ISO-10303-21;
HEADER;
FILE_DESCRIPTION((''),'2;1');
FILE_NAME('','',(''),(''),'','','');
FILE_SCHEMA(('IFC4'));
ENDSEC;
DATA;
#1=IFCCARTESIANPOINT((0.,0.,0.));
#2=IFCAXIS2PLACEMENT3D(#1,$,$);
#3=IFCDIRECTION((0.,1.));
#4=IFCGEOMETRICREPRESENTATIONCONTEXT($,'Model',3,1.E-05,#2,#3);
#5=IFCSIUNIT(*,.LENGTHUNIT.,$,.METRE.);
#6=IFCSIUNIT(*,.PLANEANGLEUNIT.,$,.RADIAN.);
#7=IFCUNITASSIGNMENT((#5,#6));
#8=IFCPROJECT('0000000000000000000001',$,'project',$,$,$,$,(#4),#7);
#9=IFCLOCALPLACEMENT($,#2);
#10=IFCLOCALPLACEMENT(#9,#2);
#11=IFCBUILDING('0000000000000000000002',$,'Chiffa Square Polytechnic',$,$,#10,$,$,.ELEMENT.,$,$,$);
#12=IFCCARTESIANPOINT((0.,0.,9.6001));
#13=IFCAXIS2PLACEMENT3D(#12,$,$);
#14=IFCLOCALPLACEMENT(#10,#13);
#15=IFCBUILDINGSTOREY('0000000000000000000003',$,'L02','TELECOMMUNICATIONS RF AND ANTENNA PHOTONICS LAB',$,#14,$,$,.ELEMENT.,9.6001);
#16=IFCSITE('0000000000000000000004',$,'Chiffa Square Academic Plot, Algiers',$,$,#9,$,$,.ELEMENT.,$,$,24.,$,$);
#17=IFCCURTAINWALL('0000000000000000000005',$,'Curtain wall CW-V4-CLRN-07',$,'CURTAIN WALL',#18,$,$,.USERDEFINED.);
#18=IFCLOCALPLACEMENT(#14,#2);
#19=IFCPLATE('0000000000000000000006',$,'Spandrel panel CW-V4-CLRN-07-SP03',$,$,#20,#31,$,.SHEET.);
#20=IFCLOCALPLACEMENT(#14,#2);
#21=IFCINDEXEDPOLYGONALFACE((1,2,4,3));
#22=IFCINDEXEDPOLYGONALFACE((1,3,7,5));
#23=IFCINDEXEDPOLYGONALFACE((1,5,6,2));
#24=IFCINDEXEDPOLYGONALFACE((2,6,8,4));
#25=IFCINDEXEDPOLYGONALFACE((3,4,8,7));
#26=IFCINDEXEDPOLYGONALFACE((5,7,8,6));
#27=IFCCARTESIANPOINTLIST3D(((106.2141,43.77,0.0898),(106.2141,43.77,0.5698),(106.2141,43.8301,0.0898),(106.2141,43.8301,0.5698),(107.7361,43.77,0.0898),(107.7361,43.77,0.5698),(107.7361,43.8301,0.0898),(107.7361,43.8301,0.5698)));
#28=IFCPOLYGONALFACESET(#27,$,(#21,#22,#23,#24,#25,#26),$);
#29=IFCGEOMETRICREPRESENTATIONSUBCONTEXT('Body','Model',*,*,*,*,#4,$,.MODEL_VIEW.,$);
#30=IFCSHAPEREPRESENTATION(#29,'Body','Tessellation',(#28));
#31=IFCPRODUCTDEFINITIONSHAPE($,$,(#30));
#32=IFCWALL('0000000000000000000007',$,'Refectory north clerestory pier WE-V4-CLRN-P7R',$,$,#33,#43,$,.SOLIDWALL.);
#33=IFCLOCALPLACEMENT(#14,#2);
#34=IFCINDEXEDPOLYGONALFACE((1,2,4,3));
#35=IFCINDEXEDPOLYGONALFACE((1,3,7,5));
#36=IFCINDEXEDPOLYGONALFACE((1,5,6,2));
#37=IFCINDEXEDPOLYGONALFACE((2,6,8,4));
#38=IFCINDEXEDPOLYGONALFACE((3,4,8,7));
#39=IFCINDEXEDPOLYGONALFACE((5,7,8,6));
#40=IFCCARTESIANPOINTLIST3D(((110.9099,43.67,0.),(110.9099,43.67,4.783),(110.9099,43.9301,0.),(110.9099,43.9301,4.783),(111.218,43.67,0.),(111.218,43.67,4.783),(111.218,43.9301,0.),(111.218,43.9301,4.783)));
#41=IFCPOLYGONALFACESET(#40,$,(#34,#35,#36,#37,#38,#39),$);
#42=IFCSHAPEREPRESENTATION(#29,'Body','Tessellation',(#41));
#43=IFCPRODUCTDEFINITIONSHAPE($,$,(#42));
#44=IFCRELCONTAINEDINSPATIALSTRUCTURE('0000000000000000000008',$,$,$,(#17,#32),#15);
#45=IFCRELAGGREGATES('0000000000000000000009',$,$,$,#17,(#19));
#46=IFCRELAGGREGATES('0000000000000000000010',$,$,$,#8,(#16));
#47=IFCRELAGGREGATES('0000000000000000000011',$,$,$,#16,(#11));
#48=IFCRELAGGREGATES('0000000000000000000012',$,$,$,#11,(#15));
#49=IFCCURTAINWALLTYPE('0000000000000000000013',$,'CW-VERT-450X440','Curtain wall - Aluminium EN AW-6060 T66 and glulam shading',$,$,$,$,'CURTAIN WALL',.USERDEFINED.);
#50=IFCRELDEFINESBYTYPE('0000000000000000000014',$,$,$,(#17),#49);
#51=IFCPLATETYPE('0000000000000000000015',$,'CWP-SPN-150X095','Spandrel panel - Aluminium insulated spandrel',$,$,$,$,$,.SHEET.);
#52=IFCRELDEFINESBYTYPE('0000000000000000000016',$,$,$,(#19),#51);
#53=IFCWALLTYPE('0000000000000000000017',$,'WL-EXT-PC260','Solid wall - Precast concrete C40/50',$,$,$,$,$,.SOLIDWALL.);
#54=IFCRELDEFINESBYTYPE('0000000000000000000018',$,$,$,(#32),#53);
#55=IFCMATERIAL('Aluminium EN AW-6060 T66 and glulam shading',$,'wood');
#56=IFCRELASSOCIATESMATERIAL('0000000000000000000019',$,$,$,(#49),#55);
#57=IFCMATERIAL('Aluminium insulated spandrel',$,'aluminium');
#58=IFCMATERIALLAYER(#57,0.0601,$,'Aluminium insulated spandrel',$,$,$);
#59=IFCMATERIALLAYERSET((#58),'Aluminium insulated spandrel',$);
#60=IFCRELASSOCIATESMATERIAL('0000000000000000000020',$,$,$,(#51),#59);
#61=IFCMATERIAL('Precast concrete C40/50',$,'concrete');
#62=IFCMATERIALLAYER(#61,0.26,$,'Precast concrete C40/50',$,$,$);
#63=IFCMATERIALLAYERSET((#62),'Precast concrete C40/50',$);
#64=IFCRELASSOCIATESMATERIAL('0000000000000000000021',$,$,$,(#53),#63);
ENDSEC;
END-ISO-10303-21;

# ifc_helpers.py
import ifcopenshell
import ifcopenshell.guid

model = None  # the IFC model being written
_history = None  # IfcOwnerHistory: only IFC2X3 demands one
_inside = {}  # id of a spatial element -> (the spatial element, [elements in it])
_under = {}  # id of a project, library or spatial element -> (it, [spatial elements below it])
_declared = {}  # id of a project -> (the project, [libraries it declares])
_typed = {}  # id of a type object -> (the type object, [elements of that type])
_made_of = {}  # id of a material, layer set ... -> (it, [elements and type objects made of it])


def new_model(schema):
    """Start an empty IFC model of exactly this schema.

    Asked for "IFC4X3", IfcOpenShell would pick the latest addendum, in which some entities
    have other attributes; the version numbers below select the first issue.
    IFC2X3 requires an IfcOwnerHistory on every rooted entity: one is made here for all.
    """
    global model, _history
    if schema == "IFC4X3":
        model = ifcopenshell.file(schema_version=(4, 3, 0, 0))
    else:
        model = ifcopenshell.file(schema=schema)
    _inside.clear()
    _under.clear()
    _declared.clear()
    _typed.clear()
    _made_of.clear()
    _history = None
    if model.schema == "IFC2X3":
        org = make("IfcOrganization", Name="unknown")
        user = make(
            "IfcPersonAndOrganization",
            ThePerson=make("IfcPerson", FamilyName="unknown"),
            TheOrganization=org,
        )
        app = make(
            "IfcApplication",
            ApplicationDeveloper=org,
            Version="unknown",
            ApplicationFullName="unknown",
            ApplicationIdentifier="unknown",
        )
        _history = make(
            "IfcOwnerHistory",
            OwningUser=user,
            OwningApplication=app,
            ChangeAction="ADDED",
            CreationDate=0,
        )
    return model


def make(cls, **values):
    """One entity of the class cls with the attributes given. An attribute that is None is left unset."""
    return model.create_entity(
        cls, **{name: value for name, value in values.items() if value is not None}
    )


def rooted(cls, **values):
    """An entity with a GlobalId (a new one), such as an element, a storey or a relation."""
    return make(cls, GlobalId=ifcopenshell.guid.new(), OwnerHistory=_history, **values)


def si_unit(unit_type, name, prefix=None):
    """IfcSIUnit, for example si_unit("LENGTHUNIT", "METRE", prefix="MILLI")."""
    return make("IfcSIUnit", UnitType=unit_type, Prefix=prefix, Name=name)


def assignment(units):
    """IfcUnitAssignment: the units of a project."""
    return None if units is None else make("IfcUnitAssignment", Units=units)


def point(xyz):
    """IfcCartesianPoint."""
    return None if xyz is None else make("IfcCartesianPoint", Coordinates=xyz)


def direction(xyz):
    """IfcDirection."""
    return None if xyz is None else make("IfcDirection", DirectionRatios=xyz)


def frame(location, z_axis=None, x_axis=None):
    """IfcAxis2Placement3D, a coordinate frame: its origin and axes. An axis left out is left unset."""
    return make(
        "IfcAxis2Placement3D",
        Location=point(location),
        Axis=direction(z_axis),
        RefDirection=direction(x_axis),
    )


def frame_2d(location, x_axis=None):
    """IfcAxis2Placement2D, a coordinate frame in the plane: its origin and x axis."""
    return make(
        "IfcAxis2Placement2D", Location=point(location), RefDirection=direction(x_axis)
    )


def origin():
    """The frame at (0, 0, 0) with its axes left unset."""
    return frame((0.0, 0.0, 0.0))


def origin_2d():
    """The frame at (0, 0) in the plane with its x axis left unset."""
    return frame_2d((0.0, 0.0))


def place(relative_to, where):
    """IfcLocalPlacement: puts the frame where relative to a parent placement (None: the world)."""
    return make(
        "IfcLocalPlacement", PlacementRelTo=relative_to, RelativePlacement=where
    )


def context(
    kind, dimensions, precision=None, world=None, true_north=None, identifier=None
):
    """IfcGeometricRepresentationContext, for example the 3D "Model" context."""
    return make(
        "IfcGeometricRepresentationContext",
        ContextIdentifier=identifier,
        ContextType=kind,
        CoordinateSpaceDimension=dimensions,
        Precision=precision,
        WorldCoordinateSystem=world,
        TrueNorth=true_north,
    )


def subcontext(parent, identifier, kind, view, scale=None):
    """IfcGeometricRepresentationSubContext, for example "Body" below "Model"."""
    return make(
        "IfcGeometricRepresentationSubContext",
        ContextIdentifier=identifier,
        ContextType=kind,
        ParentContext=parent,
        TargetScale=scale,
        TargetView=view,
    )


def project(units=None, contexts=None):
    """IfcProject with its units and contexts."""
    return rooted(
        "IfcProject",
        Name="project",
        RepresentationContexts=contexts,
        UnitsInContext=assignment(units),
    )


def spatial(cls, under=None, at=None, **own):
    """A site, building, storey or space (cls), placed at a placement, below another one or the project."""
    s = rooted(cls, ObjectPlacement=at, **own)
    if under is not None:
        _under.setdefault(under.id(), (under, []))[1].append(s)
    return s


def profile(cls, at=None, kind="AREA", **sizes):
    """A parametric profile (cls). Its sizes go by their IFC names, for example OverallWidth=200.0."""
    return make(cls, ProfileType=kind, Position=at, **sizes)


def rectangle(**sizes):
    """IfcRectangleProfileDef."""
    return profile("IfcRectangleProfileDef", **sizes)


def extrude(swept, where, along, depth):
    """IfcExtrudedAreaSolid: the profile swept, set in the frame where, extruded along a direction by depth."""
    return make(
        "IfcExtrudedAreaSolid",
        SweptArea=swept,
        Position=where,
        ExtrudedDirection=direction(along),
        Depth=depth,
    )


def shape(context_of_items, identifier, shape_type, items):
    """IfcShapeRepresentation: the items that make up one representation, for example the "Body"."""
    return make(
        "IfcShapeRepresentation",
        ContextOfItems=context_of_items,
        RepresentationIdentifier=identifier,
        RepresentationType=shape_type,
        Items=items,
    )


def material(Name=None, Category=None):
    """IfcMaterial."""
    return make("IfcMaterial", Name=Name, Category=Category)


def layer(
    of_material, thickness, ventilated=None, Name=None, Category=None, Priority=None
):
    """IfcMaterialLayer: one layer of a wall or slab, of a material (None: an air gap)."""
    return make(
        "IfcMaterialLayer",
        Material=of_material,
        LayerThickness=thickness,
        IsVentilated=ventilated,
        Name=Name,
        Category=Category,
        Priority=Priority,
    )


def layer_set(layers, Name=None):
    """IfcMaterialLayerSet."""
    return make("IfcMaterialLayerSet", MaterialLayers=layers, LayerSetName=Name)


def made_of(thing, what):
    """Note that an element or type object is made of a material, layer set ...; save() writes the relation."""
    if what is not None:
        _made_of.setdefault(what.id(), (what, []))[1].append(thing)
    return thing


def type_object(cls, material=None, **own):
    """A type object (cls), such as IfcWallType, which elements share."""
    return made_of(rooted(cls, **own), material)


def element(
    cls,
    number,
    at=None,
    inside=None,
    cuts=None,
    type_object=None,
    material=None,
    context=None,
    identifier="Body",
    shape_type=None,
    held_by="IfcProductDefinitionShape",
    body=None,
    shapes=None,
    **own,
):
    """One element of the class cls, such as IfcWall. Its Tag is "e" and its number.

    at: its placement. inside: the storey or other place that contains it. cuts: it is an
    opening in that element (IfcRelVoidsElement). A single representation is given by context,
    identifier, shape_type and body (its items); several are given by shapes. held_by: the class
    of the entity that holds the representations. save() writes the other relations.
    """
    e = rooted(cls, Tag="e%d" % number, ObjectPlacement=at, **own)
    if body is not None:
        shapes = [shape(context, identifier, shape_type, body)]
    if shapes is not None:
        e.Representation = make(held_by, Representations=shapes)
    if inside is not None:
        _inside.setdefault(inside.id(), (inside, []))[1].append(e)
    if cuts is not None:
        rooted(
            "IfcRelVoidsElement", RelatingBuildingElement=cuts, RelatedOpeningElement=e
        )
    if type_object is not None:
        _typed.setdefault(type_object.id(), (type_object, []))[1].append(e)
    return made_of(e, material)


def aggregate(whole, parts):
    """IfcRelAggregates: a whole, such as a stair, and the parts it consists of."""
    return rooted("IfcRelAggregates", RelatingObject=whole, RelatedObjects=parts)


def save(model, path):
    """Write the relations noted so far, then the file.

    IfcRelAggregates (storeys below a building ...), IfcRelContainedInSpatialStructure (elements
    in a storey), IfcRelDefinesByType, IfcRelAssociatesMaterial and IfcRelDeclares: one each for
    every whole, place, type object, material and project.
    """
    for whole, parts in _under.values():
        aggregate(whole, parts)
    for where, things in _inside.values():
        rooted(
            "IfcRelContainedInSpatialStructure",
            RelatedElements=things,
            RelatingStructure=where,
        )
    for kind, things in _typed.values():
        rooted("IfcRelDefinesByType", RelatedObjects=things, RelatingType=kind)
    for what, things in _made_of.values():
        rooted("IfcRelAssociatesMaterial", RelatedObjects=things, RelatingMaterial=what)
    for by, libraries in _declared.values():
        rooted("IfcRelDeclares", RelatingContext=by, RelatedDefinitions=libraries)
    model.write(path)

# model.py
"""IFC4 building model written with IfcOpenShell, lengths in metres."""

from ifc_helpers import new_model, si_unit, direction, frame, frame_2d, origin, origin_2d, place, context, subcontext, project, spatial, rectangle, extrude, material, layer, layer_set, type_object, element, aggregate, save


model = new_model("IFC4")

# Units and contexts
model_context = context("Model", 3, precision=1e-05, world=origin(), true_north=direction((0.0, 1.0)))
body_context = subcontext(model_context, "Body", "Model", "MODEL_VIEW")
ifc_project = project(units=[si_unit("LENGTHUNIT", "METRE"), si_unit("PLANEANGLEUNIT", "RADIAN")], contexts=[model_context])

# Site, building, storey
site_placement = place(None, origin())
site = spatial("IfcSite", under=ifc_project, at=site_placement, Name="Chiffa Square Academic Plot, Algiers", CompositionType="ELEMENT", RefElevation=24.0)
building_placement = place(site_placement, origin())
building = spatial("IfcBuilding", under=site, at=building_placement, Name="Chiffa Square Polytechnic", CompositionType="ELEMENT")
storey_placement = place(building_placement, frame((0.0, 0.0, 9.6001)))
storey = spatial("IfcBuildingStorey", under=building, at=storey_placement, Name="L02", Description="TELECOMMUNICATIONS RF AND ANTENNA PHOTONICS LAB", CompositionType="ELEMENT", Elevation=9.6001)

# Curtain wall
ifc_material_1 = material(Name="Aluminium EN AW-6060 T66 and glulam shading", Category="wood")
curtain_wall_type_1 = type_object("IfcCurtainWallType", Name="CW-VERT-450X440", Description="Curtain wall - Aluminium EN AW-6060 T66 and glulam shading", ElementType="CURTAIN WALL", PredefinedType="USERDEFINED", material=ifc_material_1)
curtain_wall_1_placement = place(storey_placement, origin())
curtain_wall_1 = element("IfcCurtainWall", 1, at=curtain_wall_1_placement, inside=storey, type_object=curtain_wall_type_1, Name="Curtain wall CW-V4-CLRN-07", ObjectType="CURTAIN WALL", PredefinedType="USERDEFINED")

# Plate
ifc_material_2 = material(Name="Aluminium insulated spandrel", Category="aluminium")
ifc_layer_1 = layer(ifc_material_2, 0.0601, Name="Aluminium insulated spandrel")
ifc_layer_set_1 = layer_set([ifc_layer_1], Name="Aluminium insulated spandrel")
plate_type_1 = type_object("IfcPlateType", Name="CWP-SPN-150X095", Description="Spandrel panel - Aluminium insulated spandrel", PredefinedType="SHEET", material=ifc_layer_set_1)
plate_1_placement = place(storey_placement, frame((106.9751, 43.8, 0.0898), z_axis=(0.0, 0.0, 1.0), x_axis=(-1.0, 0.0, 0.0)))
plate_1 = element("IfcPlate", 2, at=plate_1_placement, type_object=plate_type_1, Name="Spandrel panel CW-V4-CLRN-07-SP03", PredefinedType="SHEET", context=body_context, shape_type="SweptSolid", body=[
    extrude(rectangle(XDim=1.522, YDim=0.0601, at=origin_2d()), origin(), (0.0, 0.0, 1.0), 0.48),
])
aggregate(curtain_wall_1, [plate_1])

# Wall
ifc_material_3 = material(Name="Precast concrete C40/50", Category="concrete")
ifc_layer_2 = layer(ifc_material_3, 0.26, Name="Precast concrete C40/50")
ifc_layer_set_2 = layer_set([ifc_layer_2], Name="Precast concrete C40/50")
wall_type = type_object("IfcWallType", Name="WL-EXT-PC260", Description="Solid wall - Precast concrete C40/50", PredefinedType="SOLIDWALL", material=ifc_layer_set_2)
wall_placement = place(storey_placement, frame((110.9099, 43.8, 0.0), z_axis=(0.0, 0.0, 1.0), x_axis=(1.0, 0.0, 0.0)))
element("IfcWall", 3, at=wall_placement, inside=storey, type_object=wall_type, Name="Refectory north clerestory pier WE-V4-CLRN-P7R", PredefinedType="SOLIDWALL", context=body_context, shape_type="SweptSolid", body=[
    extrude(rectangle(XDim=0.3081, YDim=0.26, at=frame_2d((0.1541, 0.0))), origin(), (0.0, 0.0, 1.0), 4.783),
])

save(model, "model.ifc")
